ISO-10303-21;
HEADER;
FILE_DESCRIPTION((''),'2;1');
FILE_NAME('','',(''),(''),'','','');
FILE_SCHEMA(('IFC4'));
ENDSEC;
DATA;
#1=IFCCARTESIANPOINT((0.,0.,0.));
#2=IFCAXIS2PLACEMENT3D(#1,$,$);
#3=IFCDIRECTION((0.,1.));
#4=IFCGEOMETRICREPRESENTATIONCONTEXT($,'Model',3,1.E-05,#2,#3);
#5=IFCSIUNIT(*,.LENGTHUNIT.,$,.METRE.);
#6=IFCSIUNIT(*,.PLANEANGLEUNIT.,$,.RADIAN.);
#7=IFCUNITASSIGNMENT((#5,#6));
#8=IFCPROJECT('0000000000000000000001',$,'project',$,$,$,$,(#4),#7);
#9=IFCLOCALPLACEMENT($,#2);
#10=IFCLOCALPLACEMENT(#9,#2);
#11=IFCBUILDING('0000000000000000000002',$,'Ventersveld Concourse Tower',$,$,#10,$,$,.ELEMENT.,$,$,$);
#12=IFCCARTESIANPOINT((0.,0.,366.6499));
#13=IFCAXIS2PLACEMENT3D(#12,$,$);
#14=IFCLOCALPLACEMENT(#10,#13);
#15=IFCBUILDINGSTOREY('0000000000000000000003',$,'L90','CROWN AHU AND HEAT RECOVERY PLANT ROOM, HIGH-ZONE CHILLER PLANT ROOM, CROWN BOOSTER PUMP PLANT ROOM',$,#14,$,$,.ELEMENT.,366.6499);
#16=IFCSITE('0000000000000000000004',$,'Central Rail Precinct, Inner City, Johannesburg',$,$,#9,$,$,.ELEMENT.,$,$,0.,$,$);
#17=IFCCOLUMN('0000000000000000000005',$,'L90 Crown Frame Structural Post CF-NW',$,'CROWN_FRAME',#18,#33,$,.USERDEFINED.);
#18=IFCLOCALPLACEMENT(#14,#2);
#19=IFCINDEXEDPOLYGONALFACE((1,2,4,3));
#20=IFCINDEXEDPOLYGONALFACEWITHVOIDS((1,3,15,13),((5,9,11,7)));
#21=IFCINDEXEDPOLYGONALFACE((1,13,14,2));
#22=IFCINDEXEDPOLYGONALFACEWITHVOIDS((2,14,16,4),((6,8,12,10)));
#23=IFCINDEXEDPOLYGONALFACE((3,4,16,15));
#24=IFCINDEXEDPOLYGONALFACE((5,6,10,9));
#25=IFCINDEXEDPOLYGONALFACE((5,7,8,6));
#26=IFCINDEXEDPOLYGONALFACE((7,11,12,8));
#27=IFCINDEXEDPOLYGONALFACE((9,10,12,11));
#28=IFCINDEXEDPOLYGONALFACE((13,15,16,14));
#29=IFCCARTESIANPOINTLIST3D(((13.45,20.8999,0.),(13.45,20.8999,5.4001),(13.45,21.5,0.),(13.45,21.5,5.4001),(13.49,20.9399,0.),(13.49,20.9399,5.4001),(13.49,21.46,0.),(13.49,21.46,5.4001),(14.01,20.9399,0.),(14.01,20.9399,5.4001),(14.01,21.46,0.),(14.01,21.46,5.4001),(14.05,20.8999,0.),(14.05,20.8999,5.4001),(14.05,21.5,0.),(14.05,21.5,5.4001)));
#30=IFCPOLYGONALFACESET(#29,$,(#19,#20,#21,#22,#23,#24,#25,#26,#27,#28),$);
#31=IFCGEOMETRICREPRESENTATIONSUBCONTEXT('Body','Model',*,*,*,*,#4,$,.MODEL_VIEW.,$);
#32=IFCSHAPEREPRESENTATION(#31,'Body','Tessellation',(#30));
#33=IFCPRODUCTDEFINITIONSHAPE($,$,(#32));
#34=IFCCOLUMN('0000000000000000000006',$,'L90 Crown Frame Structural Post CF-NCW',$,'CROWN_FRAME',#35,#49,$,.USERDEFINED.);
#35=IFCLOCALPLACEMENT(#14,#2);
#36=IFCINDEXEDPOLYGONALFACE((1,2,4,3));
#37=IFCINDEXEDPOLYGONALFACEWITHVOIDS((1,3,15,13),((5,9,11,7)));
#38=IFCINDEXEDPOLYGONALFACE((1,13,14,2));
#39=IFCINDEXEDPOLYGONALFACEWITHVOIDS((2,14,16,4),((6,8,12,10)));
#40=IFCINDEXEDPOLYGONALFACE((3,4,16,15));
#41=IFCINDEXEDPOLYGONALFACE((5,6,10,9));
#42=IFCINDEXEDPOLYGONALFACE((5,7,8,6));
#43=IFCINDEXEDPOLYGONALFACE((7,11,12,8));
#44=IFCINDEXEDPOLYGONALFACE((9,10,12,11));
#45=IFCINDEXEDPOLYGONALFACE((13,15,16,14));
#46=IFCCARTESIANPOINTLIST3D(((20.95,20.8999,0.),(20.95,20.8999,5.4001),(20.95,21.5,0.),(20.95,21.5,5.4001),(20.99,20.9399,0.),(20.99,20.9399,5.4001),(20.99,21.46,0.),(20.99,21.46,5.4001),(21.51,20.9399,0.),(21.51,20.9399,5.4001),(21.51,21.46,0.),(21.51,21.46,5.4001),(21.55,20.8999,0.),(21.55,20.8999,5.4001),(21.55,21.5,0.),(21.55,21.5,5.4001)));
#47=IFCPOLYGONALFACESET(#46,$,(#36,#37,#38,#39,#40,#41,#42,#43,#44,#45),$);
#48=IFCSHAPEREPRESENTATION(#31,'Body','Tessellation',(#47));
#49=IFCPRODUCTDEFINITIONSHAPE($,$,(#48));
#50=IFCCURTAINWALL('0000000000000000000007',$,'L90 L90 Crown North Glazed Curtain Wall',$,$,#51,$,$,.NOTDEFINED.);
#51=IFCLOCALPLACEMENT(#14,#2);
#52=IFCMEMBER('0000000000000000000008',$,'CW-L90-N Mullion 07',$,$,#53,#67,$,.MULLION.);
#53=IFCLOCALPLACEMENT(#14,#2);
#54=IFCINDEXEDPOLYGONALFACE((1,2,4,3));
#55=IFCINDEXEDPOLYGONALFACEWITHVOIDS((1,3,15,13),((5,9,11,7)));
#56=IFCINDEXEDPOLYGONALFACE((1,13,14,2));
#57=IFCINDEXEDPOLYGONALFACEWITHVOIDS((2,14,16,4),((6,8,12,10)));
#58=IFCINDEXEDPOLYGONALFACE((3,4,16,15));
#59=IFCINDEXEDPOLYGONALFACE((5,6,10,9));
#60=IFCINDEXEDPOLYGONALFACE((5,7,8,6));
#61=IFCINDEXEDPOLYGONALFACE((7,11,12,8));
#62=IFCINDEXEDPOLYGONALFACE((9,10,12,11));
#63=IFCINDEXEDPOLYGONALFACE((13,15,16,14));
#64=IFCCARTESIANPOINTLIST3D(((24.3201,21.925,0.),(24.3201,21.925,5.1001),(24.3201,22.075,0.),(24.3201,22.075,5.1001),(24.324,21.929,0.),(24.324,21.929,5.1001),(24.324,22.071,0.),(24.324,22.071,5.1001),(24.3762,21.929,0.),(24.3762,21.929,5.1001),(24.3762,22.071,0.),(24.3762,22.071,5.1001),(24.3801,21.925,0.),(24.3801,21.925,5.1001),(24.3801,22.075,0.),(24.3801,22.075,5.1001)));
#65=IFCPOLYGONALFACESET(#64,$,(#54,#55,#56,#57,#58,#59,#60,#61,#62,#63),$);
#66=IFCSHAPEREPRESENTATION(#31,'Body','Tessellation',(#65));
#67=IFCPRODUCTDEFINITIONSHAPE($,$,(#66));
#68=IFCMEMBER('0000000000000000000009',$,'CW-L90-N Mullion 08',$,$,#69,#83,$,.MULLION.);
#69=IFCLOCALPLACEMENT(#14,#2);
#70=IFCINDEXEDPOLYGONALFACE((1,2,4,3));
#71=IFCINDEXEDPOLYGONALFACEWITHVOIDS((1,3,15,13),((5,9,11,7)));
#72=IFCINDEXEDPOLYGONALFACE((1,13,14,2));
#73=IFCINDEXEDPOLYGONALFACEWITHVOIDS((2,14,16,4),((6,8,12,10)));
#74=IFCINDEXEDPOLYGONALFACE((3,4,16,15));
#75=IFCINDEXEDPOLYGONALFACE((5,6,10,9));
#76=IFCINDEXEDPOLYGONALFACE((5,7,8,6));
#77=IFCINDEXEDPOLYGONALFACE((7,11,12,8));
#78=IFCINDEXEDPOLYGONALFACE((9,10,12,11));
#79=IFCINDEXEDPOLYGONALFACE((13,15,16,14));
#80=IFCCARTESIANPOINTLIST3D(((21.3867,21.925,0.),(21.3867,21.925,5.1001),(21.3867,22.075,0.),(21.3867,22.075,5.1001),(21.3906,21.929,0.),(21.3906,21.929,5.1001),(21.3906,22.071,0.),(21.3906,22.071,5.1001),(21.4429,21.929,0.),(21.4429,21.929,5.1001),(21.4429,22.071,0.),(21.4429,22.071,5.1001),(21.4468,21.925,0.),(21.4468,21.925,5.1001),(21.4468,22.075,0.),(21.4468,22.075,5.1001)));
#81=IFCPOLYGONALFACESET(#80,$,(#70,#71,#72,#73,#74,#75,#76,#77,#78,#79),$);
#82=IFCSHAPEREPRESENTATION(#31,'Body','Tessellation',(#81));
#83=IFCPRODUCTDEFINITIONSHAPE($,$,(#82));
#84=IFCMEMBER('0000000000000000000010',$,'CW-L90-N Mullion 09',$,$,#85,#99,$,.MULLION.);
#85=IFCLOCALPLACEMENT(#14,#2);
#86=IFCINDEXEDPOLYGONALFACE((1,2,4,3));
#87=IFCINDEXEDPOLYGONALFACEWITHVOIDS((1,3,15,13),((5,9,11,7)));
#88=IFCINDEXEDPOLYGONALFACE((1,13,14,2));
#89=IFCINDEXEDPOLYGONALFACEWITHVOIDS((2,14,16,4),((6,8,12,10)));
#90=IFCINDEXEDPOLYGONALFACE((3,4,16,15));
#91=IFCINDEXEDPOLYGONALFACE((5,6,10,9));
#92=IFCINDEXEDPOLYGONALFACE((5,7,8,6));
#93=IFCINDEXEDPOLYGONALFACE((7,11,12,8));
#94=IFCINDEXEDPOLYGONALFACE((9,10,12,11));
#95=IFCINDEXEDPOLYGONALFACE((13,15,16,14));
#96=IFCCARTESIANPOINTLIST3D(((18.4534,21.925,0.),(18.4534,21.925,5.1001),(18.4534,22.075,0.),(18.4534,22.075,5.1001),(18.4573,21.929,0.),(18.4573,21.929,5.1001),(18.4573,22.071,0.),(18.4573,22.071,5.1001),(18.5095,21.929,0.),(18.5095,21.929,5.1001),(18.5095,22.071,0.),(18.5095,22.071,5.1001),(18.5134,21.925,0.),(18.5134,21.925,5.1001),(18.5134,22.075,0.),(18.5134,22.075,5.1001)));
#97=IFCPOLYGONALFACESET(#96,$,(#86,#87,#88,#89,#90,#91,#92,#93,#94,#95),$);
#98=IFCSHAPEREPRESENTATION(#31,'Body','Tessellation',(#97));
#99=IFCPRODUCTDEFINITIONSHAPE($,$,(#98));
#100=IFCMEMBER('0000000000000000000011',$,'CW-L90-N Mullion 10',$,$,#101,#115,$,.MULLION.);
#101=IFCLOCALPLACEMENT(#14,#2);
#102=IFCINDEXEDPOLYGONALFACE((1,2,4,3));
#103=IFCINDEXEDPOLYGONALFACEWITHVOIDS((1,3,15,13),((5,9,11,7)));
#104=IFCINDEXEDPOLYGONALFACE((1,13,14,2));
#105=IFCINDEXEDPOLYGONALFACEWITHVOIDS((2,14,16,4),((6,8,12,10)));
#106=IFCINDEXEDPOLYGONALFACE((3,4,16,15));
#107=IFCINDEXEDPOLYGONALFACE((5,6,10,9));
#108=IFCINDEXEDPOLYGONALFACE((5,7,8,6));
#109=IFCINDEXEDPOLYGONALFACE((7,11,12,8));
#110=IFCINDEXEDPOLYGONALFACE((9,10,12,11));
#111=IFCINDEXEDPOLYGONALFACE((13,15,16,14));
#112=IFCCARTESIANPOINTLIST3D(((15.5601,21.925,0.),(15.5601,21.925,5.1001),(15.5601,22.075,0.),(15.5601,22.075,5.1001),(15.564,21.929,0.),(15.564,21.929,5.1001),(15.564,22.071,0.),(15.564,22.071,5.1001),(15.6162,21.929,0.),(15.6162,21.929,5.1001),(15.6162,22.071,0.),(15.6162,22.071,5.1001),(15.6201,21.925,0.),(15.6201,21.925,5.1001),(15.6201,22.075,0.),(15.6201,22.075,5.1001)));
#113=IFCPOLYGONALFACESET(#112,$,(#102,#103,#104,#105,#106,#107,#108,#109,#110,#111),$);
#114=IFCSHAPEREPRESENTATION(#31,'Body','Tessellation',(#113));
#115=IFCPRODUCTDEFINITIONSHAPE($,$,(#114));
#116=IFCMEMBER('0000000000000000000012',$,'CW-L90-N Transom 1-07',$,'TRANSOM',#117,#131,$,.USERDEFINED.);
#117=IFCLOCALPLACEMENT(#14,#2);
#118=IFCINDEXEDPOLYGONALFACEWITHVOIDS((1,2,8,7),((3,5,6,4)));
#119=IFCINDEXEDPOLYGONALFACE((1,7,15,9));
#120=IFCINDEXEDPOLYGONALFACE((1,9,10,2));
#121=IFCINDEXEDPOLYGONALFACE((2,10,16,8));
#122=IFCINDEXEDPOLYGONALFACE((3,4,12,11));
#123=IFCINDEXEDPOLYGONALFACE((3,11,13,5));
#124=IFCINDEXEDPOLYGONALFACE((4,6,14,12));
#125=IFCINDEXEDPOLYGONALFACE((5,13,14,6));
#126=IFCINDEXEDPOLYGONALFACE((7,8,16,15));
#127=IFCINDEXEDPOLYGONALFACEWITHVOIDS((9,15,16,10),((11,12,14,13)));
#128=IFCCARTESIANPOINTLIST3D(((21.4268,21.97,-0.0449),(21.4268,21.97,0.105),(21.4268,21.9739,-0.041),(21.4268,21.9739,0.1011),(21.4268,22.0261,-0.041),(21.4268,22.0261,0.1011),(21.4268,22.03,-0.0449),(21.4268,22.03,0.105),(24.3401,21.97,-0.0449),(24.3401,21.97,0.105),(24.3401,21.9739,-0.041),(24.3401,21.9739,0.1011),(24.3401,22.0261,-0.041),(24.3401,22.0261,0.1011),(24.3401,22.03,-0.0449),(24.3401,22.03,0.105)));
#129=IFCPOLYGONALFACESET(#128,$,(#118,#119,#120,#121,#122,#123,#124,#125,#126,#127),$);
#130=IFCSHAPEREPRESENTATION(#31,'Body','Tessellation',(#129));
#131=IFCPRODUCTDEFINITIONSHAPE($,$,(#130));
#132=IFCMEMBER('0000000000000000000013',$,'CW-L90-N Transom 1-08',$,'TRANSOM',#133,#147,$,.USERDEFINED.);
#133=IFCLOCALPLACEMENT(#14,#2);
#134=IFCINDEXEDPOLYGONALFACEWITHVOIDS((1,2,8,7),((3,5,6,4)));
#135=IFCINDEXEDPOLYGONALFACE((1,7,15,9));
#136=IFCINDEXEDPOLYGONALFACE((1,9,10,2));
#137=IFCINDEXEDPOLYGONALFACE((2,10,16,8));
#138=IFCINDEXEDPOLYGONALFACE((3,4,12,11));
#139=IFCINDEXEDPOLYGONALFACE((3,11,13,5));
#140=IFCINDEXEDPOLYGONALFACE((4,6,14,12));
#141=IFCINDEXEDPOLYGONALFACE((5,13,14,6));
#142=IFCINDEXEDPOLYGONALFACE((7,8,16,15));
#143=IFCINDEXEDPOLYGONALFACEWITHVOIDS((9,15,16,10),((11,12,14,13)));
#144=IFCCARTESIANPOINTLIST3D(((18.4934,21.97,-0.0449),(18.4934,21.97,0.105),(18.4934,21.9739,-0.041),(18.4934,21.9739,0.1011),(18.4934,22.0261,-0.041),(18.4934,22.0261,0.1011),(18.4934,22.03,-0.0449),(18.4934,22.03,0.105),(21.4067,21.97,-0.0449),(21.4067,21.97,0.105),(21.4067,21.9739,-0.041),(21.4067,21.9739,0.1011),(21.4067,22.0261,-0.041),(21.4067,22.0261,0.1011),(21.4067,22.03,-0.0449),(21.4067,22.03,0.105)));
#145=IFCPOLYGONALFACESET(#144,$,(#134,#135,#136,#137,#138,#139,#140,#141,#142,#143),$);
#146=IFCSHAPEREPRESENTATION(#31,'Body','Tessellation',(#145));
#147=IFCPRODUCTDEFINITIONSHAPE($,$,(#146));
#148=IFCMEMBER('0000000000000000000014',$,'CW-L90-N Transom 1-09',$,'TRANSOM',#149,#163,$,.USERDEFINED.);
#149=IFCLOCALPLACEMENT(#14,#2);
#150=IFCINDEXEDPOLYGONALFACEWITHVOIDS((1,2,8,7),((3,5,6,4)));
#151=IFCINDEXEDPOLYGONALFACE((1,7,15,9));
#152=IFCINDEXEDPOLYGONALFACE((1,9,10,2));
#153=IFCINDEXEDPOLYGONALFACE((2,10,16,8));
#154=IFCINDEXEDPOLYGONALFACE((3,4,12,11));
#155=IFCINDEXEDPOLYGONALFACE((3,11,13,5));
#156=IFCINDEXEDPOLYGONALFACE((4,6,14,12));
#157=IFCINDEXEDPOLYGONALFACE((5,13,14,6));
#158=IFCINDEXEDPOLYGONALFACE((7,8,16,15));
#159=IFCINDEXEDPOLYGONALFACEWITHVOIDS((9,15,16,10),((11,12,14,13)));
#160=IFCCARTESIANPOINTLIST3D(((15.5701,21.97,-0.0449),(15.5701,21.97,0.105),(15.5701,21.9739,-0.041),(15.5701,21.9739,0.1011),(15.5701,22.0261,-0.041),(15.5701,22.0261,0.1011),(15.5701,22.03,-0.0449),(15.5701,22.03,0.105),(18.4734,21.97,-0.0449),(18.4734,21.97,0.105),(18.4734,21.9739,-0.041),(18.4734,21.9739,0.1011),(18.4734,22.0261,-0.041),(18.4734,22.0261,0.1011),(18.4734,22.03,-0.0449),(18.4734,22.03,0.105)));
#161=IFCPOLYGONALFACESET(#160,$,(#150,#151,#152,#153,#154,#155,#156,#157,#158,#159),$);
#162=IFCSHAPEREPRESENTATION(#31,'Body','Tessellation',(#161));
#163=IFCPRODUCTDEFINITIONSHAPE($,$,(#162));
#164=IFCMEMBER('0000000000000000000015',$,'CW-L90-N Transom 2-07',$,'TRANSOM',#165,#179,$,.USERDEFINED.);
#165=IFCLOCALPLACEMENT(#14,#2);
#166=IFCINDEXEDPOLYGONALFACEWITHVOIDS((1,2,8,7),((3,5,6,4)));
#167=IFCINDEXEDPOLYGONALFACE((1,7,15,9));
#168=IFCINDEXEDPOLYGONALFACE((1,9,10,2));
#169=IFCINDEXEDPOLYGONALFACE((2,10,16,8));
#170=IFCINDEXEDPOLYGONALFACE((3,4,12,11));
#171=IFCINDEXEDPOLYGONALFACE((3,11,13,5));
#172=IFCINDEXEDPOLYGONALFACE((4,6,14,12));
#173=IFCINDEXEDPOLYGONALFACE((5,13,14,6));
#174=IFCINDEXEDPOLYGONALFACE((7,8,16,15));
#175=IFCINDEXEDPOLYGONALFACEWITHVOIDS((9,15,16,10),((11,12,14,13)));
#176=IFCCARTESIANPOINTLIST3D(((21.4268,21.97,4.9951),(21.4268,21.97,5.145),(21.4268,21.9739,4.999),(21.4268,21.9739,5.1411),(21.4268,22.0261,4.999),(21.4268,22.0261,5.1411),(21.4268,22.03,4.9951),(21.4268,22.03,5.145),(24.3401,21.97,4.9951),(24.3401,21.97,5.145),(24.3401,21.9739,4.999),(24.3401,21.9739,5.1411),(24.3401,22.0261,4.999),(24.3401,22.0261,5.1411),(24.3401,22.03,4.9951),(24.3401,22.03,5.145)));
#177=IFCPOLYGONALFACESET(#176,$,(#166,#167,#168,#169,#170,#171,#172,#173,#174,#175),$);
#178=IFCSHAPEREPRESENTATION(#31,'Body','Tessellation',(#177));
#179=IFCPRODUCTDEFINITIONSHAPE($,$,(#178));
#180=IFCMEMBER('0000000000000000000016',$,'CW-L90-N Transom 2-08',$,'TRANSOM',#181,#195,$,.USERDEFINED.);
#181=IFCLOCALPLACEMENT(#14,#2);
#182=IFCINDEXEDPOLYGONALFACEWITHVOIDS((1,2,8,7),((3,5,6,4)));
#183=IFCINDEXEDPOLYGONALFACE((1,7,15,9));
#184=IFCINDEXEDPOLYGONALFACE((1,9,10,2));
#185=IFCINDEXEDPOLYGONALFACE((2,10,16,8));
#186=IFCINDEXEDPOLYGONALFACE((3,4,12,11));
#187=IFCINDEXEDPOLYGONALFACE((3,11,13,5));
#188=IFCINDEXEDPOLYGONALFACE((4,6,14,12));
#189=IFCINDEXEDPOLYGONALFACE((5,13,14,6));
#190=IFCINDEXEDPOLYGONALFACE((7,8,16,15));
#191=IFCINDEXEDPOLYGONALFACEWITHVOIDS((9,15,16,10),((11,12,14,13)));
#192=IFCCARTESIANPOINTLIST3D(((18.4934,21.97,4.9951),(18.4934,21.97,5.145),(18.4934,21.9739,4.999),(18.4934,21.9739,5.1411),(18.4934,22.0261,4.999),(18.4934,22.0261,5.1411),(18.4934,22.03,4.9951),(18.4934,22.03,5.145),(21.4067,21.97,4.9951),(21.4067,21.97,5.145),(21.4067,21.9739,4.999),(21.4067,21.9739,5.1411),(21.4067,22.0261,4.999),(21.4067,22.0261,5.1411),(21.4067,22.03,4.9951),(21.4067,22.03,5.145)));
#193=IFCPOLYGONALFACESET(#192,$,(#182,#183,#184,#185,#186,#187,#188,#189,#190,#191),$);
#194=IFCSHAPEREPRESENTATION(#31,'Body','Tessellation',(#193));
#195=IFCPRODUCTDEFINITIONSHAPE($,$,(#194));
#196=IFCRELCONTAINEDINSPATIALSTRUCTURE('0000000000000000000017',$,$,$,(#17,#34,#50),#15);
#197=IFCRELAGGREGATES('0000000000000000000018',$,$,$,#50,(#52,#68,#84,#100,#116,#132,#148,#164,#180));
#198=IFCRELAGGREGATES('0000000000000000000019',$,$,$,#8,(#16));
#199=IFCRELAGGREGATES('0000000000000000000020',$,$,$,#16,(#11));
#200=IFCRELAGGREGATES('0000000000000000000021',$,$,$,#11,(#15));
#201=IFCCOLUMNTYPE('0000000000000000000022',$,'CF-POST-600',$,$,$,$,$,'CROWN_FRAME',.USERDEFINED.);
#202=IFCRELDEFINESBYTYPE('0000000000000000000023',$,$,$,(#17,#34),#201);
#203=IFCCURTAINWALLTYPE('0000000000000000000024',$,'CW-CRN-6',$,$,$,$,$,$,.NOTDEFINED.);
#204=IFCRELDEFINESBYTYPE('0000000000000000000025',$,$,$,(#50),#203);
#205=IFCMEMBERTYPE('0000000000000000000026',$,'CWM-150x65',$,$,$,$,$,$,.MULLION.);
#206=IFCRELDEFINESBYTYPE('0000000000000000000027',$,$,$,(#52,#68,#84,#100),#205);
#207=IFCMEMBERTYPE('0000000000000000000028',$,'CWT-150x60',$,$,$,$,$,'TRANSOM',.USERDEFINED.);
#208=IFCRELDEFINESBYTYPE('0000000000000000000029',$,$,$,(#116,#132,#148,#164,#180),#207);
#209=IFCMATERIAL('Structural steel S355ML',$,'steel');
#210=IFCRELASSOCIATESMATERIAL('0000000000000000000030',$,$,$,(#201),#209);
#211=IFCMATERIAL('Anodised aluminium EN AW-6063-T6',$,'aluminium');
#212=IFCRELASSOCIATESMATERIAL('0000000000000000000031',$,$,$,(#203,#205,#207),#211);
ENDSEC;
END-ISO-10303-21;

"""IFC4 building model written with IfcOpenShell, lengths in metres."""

from ifc_helpers import new_model, si_unit, direction, frame, origin, origin_2d, place, context, subcontext, project, spatial, hollow_rectangle, extrude, material, material_profile, profile_set, type_object, element, aggregate, save


model = new_model("IFC4")

# Units and contexts
model_context = context("Model", 3, precision=1e-05, world=origin(), true_north=direction((0.0, 1.0)))
body_context = subcontext(model_context, "Body", "Model", "MODEL_VIEW")
ifc_project = project(units=[si_unit("LENGTHUNIT", "METRE"), si_unit("PLANEANGLEUNIT", "RADIAN")], contexts=[model_context])

# Site, building, storey
site_placement = place(None, origin())
site = spatial("IfcSite", under=ifc_project, at=site_placement, Name="Central Rail Precinct, Inner City, Johannesburg", CompositionType="ELEMENT", RefElevation=0.0)
building_placement = place(site_placement, origin())
building = spatial("IfcBuilding", under=site, at=building_placement, Name="Ventersveld Concourse Tower", CompositionType="ELEMENT")
storey_placement = place(building_placement, frame((0.0, 0.0, 366.6499)))
storey = spatial("IfcBuildingStorey", under=building, at=storey_placement, Name="L90", Description="CROWN AHU AND HEAT RECOVERY PLANT ROOM, HIGH-ZONE CHILLER PLANT ROOM, CROWN BOOSTER PUMP PLANT ROOM", CompositionType="ELEMENT", Elevation=366.6499)

# Columns
ifc_material_1 = material(Name="Structural steel S355ML", Category="steel")
ifc_material_profile_1 = material_profile(ifc_material_1, hollow_rectangle(XDim=0.6001, YDim=0.6001, WallThickness=0.04, at=origin_2d()), Name="BOX 600x600x40")
ifc_profile_set_1 = profile_set([ifc_material_profile_1], Name="Structural steel S355ML")
column_type = type_object("IfcColumnType", Name="CF-POST-600", ElementType="CROWN_FRAME", PredefinedType="USERDEFINED", material=ifc_profile_set_1)
for number, where, z_axis, x_axis, name in (
    (1, (13.75, 21.2, 0.0), (0.0, 0.0, 1.0), (1.0, 0.0, 0.0), "L90 Crown Frame Structural Post CF-NW"),
    (2, (21.25, 21.2, 0.0), (0.0, 0.0, 1.0), (1.0, 0.0, 0.0), "L90 Crown Frame Structural Post CF-NCW"),
):
    element("IfcColumn", number, at=place(storey_placement, frame(where, z_axis=z_axis, x_axis=x_axis)), inside=storey, type_object=column_type, Name=name, ObjectType="CROWN_FRAME", PredefinedType="USERDEFINED", context=body_context, shape_type="SweptSolid", body=[
        extrude(hollow_rectangle(XDim=0.6001, YDim=0.6001, WallThickness=0.04, at=origin_2d()), origin(), (0.0, 0.0, 1.0), 5.4001),
    ])

# Curtain wall, members
ifc_material_2 = material(Name="Anodised aluminium EN AW-6063-T6", Category="aluminium")
curtain_wall_type = type_object("IfcCurtainWallType", Name="CW-CRN-6", PredefinedType="NOTDEFINED", material=ifc_material_2)
curtain_wall_placement = place(storey_placement, origin())
curtain_wall = element("IfcCurtainWall", 3, at=curtain_wall_placement, inside=storey, type_object=curtain_wall_type, Name="L90 L90 Crown North Glazed Curtain Wall", PredefinedType="NOTDEFINED")
ifc_material_profile_2 = material_profile(ifc_material_2, hollow_rectangle(XDim=0.0601, YDim=0.1499, WallThickness=0.0039, at=origin_2d()), Name="ALU 150x60x4")
ifc_profile_set_2 = profile_set([ifc_material_profile_2], Name="Anodised aluminium EN AW-6063-T6")
member_type_1 = type_object("IfcMemberType", Name="CWM-150x65", PredefinedType="MULLION", material=ifc_profile_set_2)
member_1_placement = place(storey_placement, frame((24.3501, 22.0, 0.0), z_axis=(0.0, 0.0, 1.0), x_axis=(1.0, 0.0, 0.0)))
member_1 = element("IfcMember", 4, at=member_1_placement, type_object=member_type_1, Name="CW-L90-N Mullion 07", PredefinedType="MULLION", context=body_context, shape_type="SweptSolid", body=[
    extrude(hollow_rectangle(XDim=0.0601, YDim=0.1499, WallThickness=0.0039, at=origin_2d()), origin(), (0.0, 0.0, 1.0), 5.1001),
])
member_2_placement = place(storey_placement, frame((21.4167, 22.0, 0.0), z_axis=(0.0, 0.0, 1.0), x_axis=(1.0, 0.0, 0.0)))
member_2 = element("IfcMember", 5, at=member_2_placement, type_object=member_type_1, Name="CW-L90-N Mullion 08", PredefinedType="MULLION", context=body_context, shape_type="SweptSolid", body=[
    extrude(hollow_rectangle(XDim=0.0601, YDim=0.1499, WallThickness=0.0039, at=origin_2d()), origin(), (0.0, 0.0, 1.0), 5.1001),
])
member_3_placement = place(storey_placement, frame((18.4834, 22.0, 0.0), z_axis=(0.0, 0.0, 1.0), x_axis=(1.0, 0.0, 0.0)))
member_3 = element("IfcMember", 6, at=member_3_placement, type_object=member_type_1, Name="CW-L90-N Mullion 09", PredefinedType="MULLION", context=body_context, shape_type="SweptSolid", body=[
    extrude(hollow_rectangle(XDim=0.0601, YDim=0.1499, WallThickness=0.0039, at=origin_2d()), origin(), (0.0, 0.0, 1.0), 5.1001),
])
member_4_placement = place(storey_placement, frame((15.5901, 22.0, 0.0), z_axis=(0.0, 0.0, 1.0), x_axis=(1.0, 0.0, 0.0)))
member_4 = element("IfcMember", 7, at=member_4_placement, type_object=member_type_1, Name="CW-L90-N Mullion 10", PredefinedType="MULLION", context=body_context, shape_type="SweptSolid", body=[
    extrude(hollow_rectangle(XDim=0.0601, YDim=0.1499, WallThickness=0.0039, at=origin_2d()), origin(), (0.0, 0.0, 1.0), 5.1001),
])
ifc_material_profile_3 = material_profile(ifc_material_2, hollow_rectangle(XDim=0.0601, YDim=0.1499, WallThickness=0.0039, at=origin_2d()), Name="ALU 150x60x4")
ifc_profile_set_3 = profile_set([ifc_material_profile_3], Name="Anodised aluminium EN AW-6063-T6")
member_type_2 = type_object("IfcMemberType", Name="CWT-150x60", ElementType="TRANSOM", PredefinedType="USERDEFINED", material=ifc_profile_set_3)
member_5_placement = place(storey_placement, frame((24.3401, 22.0, 0.03), z_axis=(-1.0, 0.0, 0.0), x_axis=(0.0, -1.0, 0.0)))
member_5 = element("IfcMember", 8, at=member_5_placement, type_object=member_type_2, Name="CW-L90-N Transom 1-07", ObjectType="TRANSOM", PredefinedType="USERDEFINED", context=body_context, shape_type="SweptSolid", body=[
    extrude(hollow_rectangle(XDim=0.0601, YDim=0.1499, WallThickness=0.0039, at=origin_2d()), origin(), (0.0, 0.0, 1.0), 2.9133),
])
member_6_placement = place(storey_placement, frame((21.4067, 22.0, 0.03), z_axis=(-1.0, 0.0, 0.0), x_axis=(0.0, -1.0, 0.0)))
member_6 = element("IfcMember", 9, at=member_6_placement, type_object=member_type_2, Name="CW-L90-N Transom 1-08", ObjectType="TRANSOM", PredefinedType="USERDEFINED", context=body_context, shape_type="SweptSolid", body=[
    extrude(hollow_rectangle(XDim=0.0601, YDim=0.1499, WallThickness=0.0039, at=origin_2d()), origin(), (0.0, 0.0, 1.0), 2.9133),
])
member_7_placement = place(storey_placement, frame((18.4734, 22.0, 0.03), z_axis=(-1.0, 0.0, 0.0), x_axis=(0.0, -1.0, 0.0)))
member_7 = element("IfcMember", 10, at=member_7_placement, type_object=member_type_2, Name="CW-L90-N Transom 1-09", ObjectType="TRANSOM", PredefinedType="USERDEFINED", context=body_context, shape_type="SweptSolid", body=[
    extrude(hollow_rectangle(XDim=0.0601, YDim=0.1499, WallThickness=0.0039, at=origin_2d()), origin(), (0.0, 0.0, 1.0), 2.9033),
])
member_8_placement = place(storey_placement, frame((24.3401, 22.0, 5.0701), z_axis=(-1.0, 0.0, 0.0), x_axis=(0.0, -1.0, 0.0)))
member_8 = element("IfcMember", 11, at=member_8_placement, type_object=member_type_2, Name="CW-L90-N Transom 2-07", ObjectType="TRANSOM", PredefinedType="USERDEFINED", context=body_context, shape_type="SweptSolid", body=[
    extrude(hollow_rectangle(XDim=0.0601, YDim=0.1499, WallThickness=0.0039, at=origin_2d()), origin(), (0.0, 0.0, 1.0), 2.9133),
])
member_9_placement = place(storey_placement, frame((21.4067, 22.0, 5.0701), z_axis=(-1.0, 0.0, 0.0), x_axis=(0.0, -1.0, 0.0)))
member_9 = element("IfcMember", 12, at=member_9_placement, type_object=member_type_2, Name="CW-L90-N Transom 2-08", ObjectType="TRANSOM", PredefinedType="USERDEFINED", context=body_context, shape_type="SweptSolid", body=[
    extrude(hollow_rectangle(XDim=0.0601, YDim=0.1499, WallThickness=0.0039, at=origin_2d()), origin(), (0.0, 0.0, 1.0), 2.9133),
])

aggregate(curtain_wall, [member_1, member_2, member_3, member_4, member_5, member_6, member_7, member_8, member_9])

save(model, "model.ifc")
